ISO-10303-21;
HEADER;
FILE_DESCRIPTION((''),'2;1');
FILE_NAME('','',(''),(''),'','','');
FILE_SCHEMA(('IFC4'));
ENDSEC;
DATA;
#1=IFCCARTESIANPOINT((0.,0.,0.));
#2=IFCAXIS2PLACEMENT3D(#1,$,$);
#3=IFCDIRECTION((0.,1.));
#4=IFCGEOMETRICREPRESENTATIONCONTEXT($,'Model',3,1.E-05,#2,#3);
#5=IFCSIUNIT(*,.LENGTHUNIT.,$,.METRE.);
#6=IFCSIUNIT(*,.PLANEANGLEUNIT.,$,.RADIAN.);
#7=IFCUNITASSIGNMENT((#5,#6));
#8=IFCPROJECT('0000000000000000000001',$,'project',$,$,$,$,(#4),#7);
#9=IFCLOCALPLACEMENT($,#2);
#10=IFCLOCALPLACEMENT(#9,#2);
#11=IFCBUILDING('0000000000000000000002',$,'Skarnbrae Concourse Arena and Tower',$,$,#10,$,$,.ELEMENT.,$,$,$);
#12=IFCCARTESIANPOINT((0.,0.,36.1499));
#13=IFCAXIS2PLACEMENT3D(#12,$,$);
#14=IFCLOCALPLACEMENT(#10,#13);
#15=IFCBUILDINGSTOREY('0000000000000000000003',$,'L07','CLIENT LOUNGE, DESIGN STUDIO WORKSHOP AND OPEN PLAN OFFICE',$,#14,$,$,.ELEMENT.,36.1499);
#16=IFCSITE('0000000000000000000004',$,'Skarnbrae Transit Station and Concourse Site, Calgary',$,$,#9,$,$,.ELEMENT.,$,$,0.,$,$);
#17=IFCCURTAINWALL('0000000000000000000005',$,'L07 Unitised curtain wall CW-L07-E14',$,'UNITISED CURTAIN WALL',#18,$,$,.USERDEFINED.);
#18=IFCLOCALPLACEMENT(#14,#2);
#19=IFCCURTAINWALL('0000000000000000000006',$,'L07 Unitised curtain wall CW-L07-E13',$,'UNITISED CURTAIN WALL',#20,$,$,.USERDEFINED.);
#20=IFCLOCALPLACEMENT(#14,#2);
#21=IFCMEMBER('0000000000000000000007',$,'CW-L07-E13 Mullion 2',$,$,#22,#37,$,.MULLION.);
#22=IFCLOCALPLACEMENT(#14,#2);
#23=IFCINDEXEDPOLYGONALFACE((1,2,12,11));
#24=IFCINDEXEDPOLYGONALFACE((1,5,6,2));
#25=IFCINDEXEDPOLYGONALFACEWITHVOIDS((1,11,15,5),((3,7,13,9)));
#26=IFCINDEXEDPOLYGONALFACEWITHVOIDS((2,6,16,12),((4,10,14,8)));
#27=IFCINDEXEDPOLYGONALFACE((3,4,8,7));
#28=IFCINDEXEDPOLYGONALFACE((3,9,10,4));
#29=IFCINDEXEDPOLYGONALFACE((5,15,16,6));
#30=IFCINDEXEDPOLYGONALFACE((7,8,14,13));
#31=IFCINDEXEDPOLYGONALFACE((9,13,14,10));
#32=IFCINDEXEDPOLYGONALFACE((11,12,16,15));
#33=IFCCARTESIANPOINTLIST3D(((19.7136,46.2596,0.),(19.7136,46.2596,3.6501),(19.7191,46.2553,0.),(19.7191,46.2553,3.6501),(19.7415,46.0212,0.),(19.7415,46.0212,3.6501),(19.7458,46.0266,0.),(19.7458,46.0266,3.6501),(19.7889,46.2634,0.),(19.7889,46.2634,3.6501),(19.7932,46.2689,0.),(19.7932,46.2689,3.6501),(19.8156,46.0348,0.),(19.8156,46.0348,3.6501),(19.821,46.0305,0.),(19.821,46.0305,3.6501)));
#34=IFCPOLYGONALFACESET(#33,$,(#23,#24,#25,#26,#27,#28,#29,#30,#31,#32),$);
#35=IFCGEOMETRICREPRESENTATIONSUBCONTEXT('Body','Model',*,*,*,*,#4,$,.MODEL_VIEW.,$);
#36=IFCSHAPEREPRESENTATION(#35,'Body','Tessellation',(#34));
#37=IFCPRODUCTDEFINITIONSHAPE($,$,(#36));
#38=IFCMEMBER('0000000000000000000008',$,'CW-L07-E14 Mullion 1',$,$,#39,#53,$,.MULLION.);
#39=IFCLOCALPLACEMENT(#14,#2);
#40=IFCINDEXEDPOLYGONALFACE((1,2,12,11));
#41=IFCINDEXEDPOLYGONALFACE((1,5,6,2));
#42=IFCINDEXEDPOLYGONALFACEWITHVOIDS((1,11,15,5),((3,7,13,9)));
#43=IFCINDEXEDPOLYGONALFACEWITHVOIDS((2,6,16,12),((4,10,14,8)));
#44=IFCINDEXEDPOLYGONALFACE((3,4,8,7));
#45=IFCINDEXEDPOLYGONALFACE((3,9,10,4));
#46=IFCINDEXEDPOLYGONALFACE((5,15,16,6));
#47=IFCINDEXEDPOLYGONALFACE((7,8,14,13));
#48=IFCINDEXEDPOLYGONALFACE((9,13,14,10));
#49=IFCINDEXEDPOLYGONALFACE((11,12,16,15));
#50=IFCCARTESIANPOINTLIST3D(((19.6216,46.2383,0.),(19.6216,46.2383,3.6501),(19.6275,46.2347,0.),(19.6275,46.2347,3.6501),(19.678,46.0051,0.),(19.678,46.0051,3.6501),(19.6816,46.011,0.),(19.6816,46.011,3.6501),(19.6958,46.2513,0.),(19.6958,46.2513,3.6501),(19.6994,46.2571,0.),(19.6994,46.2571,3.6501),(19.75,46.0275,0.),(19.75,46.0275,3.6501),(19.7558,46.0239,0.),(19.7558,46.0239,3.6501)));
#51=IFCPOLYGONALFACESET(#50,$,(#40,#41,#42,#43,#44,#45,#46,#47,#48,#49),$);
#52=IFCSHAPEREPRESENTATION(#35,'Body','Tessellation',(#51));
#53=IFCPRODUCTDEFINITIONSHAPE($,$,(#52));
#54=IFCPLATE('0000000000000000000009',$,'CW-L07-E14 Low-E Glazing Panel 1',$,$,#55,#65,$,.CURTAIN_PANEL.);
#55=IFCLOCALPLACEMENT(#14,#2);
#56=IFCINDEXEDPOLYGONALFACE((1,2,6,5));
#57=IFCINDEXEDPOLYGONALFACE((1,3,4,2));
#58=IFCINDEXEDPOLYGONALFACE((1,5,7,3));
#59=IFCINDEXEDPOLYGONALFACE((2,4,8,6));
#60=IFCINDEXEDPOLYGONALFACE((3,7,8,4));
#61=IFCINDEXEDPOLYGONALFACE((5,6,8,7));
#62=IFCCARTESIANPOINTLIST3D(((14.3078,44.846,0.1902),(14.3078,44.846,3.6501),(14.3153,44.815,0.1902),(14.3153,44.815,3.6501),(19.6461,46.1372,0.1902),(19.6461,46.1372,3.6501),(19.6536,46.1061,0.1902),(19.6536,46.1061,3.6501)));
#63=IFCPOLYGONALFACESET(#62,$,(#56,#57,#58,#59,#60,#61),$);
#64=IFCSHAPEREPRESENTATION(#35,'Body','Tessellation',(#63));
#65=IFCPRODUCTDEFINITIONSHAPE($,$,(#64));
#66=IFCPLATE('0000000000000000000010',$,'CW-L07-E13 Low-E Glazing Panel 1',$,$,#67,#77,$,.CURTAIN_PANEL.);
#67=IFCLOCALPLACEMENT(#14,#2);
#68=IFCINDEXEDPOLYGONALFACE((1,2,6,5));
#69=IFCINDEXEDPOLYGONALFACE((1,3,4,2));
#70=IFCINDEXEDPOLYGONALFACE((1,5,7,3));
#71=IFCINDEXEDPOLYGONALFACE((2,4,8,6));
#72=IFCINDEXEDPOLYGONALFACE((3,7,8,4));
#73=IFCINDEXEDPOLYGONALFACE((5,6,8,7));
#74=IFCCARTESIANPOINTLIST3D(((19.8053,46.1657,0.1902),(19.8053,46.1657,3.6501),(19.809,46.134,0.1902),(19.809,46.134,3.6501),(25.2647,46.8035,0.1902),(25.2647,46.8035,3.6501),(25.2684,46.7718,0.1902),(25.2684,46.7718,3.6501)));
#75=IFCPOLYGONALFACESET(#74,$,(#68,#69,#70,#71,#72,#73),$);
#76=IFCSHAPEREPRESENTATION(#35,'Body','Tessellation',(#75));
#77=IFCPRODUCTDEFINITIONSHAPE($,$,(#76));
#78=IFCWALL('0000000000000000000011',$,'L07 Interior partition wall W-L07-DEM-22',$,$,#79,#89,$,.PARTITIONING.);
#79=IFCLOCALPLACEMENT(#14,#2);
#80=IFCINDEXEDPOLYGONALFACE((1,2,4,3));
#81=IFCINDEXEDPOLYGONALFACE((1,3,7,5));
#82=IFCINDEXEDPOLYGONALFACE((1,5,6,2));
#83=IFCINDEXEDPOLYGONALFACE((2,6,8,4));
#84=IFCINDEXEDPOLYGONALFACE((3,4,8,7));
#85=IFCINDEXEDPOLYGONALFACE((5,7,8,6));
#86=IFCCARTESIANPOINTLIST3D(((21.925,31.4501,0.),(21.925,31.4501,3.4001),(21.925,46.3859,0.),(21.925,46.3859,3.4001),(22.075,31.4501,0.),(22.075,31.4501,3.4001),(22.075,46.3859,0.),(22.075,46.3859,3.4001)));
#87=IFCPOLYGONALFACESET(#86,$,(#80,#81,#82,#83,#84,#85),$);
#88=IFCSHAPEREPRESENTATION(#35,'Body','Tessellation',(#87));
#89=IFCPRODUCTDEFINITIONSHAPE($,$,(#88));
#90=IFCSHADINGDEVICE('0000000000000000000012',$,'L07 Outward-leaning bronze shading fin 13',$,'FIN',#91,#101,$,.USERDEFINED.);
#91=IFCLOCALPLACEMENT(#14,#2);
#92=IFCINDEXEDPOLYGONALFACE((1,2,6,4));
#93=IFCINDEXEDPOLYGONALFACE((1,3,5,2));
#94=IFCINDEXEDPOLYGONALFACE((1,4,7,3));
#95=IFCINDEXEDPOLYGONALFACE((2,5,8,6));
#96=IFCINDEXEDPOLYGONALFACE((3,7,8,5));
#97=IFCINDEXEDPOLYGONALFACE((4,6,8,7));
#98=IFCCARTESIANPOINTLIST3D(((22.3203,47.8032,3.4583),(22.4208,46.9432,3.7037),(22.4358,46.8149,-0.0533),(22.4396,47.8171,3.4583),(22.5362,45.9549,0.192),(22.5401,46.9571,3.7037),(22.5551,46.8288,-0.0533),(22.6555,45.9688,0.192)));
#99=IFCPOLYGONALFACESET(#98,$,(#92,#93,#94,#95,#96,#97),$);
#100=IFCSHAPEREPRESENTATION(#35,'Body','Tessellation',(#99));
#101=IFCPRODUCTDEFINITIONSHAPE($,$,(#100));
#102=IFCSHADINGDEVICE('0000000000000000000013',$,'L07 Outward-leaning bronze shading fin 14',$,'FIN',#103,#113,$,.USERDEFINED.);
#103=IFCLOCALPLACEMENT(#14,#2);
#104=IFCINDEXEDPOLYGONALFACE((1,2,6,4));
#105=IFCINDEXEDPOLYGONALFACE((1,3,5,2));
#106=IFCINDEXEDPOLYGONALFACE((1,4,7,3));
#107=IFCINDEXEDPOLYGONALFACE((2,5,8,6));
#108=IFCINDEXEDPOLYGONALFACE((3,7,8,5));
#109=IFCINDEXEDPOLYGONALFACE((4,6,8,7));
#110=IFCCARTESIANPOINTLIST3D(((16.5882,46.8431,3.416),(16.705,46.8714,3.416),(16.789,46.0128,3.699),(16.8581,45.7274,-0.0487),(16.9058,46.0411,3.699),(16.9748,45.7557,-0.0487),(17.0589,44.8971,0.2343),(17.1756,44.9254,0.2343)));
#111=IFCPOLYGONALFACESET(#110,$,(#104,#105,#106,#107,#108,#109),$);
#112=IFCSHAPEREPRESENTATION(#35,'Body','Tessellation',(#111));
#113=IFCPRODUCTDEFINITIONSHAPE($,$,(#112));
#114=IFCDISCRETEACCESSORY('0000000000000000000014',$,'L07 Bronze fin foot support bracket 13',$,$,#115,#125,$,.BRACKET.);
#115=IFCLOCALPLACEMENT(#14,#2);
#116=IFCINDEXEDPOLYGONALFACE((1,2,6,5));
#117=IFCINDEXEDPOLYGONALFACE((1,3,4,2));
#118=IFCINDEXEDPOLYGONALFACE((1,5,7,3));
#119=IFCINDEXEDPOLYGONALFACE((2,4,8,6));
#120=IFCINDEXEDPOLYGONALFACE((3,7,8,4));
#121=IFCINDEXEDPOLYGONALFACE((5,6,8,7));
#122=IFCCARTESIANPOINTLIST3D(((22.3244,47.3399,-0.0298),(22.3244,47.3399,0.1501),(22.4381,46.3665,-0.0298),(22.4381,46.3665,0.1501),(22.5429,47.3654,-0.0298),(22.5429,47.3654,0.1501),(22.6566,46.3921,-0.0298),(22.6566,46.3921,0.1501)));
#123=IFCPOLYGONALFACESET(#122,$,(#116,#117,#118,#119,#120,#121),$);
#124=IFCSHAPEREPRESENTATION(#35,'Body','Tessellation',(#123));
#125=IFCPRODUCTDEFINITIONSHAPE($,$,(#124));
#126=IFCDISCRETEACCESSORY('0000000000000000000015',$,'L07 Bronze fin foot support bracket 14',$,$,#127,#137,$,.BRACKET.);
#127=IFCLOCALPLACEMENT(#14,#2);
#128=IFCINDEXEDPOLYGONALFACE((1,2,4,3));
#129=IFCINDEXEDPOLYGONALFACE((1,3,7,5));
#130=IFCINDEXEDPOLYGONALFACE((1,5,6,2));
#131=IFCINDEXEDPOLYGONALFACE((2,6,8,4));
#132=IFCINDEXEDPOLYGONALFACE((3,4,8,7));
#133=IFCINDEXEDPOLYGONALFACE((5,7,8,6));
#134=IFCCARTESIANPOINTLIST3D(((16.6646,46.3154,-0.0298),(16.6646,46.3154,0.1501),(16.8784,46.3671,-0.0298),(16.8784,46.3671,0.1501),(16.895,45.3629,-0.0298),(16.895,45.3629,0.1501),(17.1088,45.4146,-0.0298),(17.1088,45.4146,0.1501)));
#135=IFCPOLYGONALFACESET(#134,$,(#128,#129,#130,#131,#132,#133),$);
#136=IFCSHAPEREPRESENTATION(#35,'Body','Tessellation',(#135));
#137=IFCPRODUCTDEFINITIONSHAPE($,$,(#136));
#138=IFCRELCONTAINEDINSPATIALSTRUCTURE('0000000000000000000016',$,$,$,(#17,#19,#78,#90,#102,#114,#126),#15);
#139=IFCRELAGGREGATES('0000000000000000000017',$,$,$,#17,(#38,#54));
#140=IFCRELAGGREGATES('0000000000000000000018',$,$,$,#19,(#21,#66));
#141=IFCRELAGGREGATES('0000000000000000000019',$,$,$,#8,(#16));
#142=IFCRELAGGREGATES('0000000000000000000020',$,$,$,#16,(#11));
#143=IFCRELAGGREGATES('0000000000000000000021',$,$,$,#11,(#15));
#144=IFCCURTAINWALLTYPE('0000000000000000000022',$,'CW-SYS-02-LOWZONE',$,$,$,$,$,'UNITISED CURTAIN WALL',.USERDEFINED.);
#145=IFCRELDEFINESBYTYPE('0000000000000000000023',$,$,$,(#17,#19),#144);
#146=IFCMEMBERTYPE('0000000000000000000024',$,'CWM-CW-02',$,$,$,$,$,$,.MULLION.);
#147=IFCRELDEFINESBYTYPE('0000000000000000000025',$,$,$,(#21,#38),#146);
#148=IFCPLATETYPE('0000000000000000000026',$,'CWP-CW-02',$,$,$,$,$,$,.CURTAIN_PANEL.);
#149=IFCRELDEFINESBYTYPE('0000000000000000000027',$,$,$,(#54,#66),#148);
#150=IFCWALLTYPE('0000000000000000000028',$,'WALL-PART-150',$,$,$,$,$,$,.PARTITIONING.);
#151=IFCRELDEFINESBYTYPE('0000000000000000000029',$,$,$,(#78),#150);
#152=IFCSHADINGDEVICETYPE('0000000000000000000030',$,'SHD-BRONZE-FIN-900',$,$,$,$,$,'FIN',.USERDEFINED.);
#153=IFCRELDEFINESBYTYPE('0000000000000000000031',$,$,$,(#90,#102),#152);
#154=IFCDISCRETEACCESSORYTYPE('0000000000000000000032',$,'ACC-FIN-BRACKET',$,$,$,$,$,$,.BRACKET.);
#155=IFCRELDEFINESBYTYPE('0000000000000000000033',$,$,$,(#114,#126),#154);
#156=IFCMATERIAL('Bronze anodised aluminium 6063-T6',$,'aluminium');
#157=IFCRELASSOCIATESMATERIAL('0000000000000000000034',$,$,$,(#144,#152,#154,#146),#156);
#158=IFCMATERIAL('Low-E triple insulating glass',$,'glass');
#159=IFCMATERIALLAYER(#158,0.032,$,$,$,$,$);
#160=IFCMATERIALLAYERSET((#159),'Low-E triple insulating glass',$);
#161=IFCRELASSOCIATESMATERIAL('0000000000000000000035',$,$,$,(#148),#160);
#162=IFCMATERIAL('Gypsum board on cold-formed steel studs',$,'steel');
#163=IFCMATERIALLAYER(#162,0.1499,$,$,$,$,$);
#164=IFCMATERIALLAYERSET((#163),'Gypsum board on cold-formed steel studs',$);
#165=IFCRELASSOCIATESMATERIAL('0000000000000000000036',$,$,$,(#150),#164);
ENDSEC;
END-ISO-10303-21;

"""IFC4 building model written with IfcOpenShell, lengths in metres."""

from ifc_helpers import new_model, si_unit, direction, frame, frame_2d, origin, origin_2d, place, context, subcontext, project, spatial, rectangle, hollow_rectangle, extrude, source, transform, mapped, material, layer, layer_set, material_profile, profile_set, type_object, element, aggregate, save


model = new_model("IFC4")

# Units and contexts
model_context = context("Model", 3, precision=1e-05, world=origin(), true_north=direction((0.0, 1.0)))
body_context = subcontext(model_context, "Body", "Model", "MODEL_VIEW")
ifc_project = project(units=[si_unit("LENGTHUNIT", "METRE"), si_unit("PLANEANGLEUNIT", "RADIAN")], contexts=[model_context])

# Site, building, storey
site_placement = place(None, origin())
site = spatial("IfcSite", under=ifc_project, at=site_placement, Name="Skarnbrae Transit Station and Concourse Site, Calgary", CompositionType="ELEMENT", RefElevation=0.0)
building_placement = place(site_placement, origin())
building = spatial("IfcBuilding", under=site, at=building_placement, Name="Skarnbrae Concourse Arena and Tower", CompositionType="ELEMENT")
storey_placement = place(building_placement, frame((0.0, 0.0, 36.1499)))
storey = spatial("IfcBuildingStorey", under=building, at=storey_placement, Name="L07", Description="CLIENT LOUNGE, DESIGN STUDIO WORKSHOP AND OPEN PLAN OFFICE", CompositionType="ELEMENT", Elevation=36.1499)

# Curtain walls
ifc_material_1 = material(Name="Bronze anodised aluminium 6063-T6", Category="aluminium")
curtain_wall_type = type_object("IfcCurtainWallType", Name="CW-SYS-02-LOWZONE", ElementType="UNITISED CURTAIN WALL", PredefinedType="USERDEFINED", material=ifc_material_1)
curtain_wall_1_placement = place(storey_placement, origin())
curtain_wall_1 = element("IfcCurtainWall", 1, at=curtain_wall_1_placement, inside=storey, type_object=curtain_wall_type, Name="L07 Unitised curtain wall CW-L07-E14", ObjectType="UNITISED CURTAIN WALL", PredefinedType="USERDEFINED")
curtain_wall_2_placement = place(storey_placement, origin())
curtain_wall_2 = element("IfcCurtainWall", 2, at=curtain_wall_2_placement, inside=storey, type_object=curtain_wall_type, Name="L07 Unitised curtain wall CW-L07-E13", ObjectType="UNITISED CURTAIN WALL", PredefinedType="USERDEFINED")
ifc_material_profile_1 = material_profile(ifc_material_1, hollow_rectangle(XDim=0.0801, YDim=0.24, WallThickness=0.0049, at=origin_2d()), Name="ALU-MULL-80X240")
ifc_profile_set_1 = profile_set([ifc_material_profile_1], Name="Bronze anodised aluminium 6063-T6")
member_type_1 = type_object("IfcMemberType", Name="CWM-CW-02", PredefinedType="MULLION", material=ifc_profile_set_1)
shared_shape_1 = source(origin(), body_context, "Body", "SweptSolid", [
    extrude(hollow_rectangle(XDim=0.0801, YDim=0.24, WallThickness=0.0049, at=origin_2d()), origin(), (0.0, 0.0, 1.0), 3.6501),
])

# Members
member_1_placement = place(storey_placement, frame((19.7673, 46.145, 0.0), z_axis=(0.0, 0.0, 1.0), x_axis=(-0.993245, -0.11604, 0.0)))
member_1 = element("IfcMember", 3, at=member_1_placement, type_object=member_type_1, Name="CW-L07-E13 Mullion 2", PredefinedType="MULLION", context=body_context, shape_type="MappedRepresentation", body=[
    mapped(shared_shape_1, transform((0.0, 0.0, 0.0))),
])
member_2_placement = place(storey_placement, frame((19.6887, 46.1311, 0.0), z_axis=(0.0, 0.0, 1.0), x_axis=(-0.971974, -0.23509, 0.0)))
member_2 = element("IfcMember", 4, at=member_2_placement, type_object=member_type_1, Name="CW-L07-E14 Mullion 1", PredefinedType="MULLION", context=body_context, shape_type="MappedRepresentation", body=[
    mapped(shared_shape_1, transform((0.0, 0.0, 0.0))),
])

# Plates
ifc_material_2 = material(Name="Low-E triple insulating glass", Category="glass")
ifc_layer_1 = layer(ifc_material_2, 0.032)
ifc_layer_set_1 = layer_set([ifc_layer_1], Name="Low-E triple insulating glass")
plate_type = type_object("IfcPlateType", Name="CWP-CW-02", PredefinedType="CURTAIN_PANEL", material=ifc_layer_set_1)
shared_shape_2 = source(origin(), body_context, "Body", "SweptSolid", [
    extrude(rectangle(XDim=5.4922, YDim=0.032, at=origin_2d()), origin(), (0.0, 0.0, 1.0), 3.46),
])
plate_1_placement = place(storey_placement, frame((16.9807, 45.4761, 0.1902), z_axis=(0.0, 0.0, 1.0), x_axis=(-0.971974, -0.23509, 0.0)))
plate_1 = element("IfcPlate", 5, at=plate_1_placement, type_object=plate_type, Name="CW-L07-E14 Low-E Glazing Panel 1", PredefinedType="CURTAIN_PANEL", context=body_context, shape_type="MappedRepresentation", body=[
    mapped(shared_shape_2, transform((0.0, 0.0, 0.0))),
])
aggregate(curtain_wall_1, [member_2, plate_1])
shared_shape_3 = source(origin(), body_context, "Body", "SweptSolid", [
    extrude(rectangle(XDim=5.4966, YDim=0.032, at=origin_2d()), origin(), (0.0, 0.0, 1.0), 3.46),
])
plate_2_placement = place(storey_placement, frame((22.5369, 46.4688, 0.1902), z_axis=(0.0, 0.0, 1.0), x_axis=(-0.993245, -0.11604, 0.0)))
plate_2 = element("IfcPlate", 6, at=plate_2_placement, type_object=plate_type, Name="CW-L07-E13 Low-E Glazing Panel 1", PredefinedType="CURTAIN_PANEL", context=body_context, shape_type="MappedRepresentation", body=[
    mapped(shared_shape_3, transform((0.0, 0.0, 0.0))),
])
aggregate(curtain_wall_2, [member_1, plate_2])

# Wall
ifc_material_3 = material(Name="Gypsum board on cold-formed steel studs", Category="steel")
ifc_layer_2 = layer(ifc_material_3, 0.1499)
ifc_layer_set_2 = layer_set([ifc_layer_2], Name="Gypsum board on cold-formed steel studs")
wall_type = type_object("IfcWallType", Name="WALL-PART-150", PredefinedType="PARTITIONING", material=ifc_layer_set_2)
shared_shape_4 = source(origin(), body_context, "Body", "SweptSolid", [
    extrude(rectangle(XDim=14.9358, YDim=0.1499, at=frame_2d((7.4678, 0.0))), origin(), (0.0, 0.0, 1.0), 3.4001),
])
wall_placement = place(storey_placement, frame((22.0, 46.3857, 0.0), z_axis=(0.0, 0.0, 1.0), x_axis=(0.0, -1.0, 0.0)))
element("IfcWall", 7, at=wall_placement, inside=storey, type_object=wall_type, Name="L07 Interior partition wall W-L07-DEM-22", PredefinedType="PARTITIONING", context=body_context, shape_type="MappedRepresentation", body=[
    mapped(shared_shape_4, transform((0.0, 0.0, 0.0))),
])

# Shading devices
shading_device_type = type_object("IfcShadingDeviceType", Name="SHD-BRONZE-FIN-900", ElementType="FIN", PredefinedType="USERDEFINED", material=ifc_material_1)
shared_shape_5 = source(origin(), body_context, "Body", "SweptSolid", [
    extrude(rectangle(XDim=0.1201, YDim=0.8999, at=origin_2d()), origin(), (0.0, 0.0, 1.0), 3.6499),
])
for number, where, z_axis, x_axis, name in (
    (8, (22.5457, 46.3918, 0.0693), (-0.031636, 0.270774, 0.962123), (0.993244, 0.116047, 0.0), "L07 Outward-leaning bronze shading fin 13"),
    (9, (17.0168, 45.3264, 0.0928), (-0.073934, 0.305675, 0.949261), (0.971973, 0.235091, 0.0), "L07 Outward-leaning bronze shading fin 14"),
):
    element("IfcShadingDevice", number, at=place(storey_placement, frame(where, z_axis=z_axis, x_axis=x_axis)), inside=storey, type_object=shading_device_type, Name=name, ObjectType="FIN", PredefinedType="USERDEFINED", context=body_context, shape_type="MappedRepresentation", body=[
        mapped(shared_shape_5, transform((0.0, 0.0, 0.0))),
    ])

# Discrete accessories
discrete_accessory_type = type_object("IfcDiscreteAccessoryType", Name="ACC-FIN-BRACKET", PredefinedType="BRACKET", material=ifc_material_1)
shared_shape_6 = source(origin(), body_context, "Body", "SweptSolid", [
    extrude(rectangle(XDim=0.22, YDim=0.98, at=origin_2d()), origin(), (0.0, 0.0, 1.0), 0.1799),
])
for number, where, z_axis, x_axis, name in (
    (10, (22.4905, 46.866, -0.0298), (0.0, 0.0, 1.0), (0.993244, 0.116047, 0.0), "L07 Bronze fin foot support bracket 13"),
    (11, (16.8867, 45.865, -0.0298), (0.0, 0.0, 1.0), (0.971973, 0.235091, 0.0), "L07 Bronze fin foot support bracket 14"),
):
    element("IfcDiscreteAccessory", number, at=place(storey_placement, frame(where, z_axis=z_axis, x_axis=x_axis)), inside=storey, type_object=discrete_accessory_type, Name=name, PredefinedType="BRACKET", context=body_context, shape_type="MappedRepresentation", body=[
        mapped(shared_shape_6, transform((0.0, 0.0, 0.0))),
    ])

save(model, "model.ifc")
